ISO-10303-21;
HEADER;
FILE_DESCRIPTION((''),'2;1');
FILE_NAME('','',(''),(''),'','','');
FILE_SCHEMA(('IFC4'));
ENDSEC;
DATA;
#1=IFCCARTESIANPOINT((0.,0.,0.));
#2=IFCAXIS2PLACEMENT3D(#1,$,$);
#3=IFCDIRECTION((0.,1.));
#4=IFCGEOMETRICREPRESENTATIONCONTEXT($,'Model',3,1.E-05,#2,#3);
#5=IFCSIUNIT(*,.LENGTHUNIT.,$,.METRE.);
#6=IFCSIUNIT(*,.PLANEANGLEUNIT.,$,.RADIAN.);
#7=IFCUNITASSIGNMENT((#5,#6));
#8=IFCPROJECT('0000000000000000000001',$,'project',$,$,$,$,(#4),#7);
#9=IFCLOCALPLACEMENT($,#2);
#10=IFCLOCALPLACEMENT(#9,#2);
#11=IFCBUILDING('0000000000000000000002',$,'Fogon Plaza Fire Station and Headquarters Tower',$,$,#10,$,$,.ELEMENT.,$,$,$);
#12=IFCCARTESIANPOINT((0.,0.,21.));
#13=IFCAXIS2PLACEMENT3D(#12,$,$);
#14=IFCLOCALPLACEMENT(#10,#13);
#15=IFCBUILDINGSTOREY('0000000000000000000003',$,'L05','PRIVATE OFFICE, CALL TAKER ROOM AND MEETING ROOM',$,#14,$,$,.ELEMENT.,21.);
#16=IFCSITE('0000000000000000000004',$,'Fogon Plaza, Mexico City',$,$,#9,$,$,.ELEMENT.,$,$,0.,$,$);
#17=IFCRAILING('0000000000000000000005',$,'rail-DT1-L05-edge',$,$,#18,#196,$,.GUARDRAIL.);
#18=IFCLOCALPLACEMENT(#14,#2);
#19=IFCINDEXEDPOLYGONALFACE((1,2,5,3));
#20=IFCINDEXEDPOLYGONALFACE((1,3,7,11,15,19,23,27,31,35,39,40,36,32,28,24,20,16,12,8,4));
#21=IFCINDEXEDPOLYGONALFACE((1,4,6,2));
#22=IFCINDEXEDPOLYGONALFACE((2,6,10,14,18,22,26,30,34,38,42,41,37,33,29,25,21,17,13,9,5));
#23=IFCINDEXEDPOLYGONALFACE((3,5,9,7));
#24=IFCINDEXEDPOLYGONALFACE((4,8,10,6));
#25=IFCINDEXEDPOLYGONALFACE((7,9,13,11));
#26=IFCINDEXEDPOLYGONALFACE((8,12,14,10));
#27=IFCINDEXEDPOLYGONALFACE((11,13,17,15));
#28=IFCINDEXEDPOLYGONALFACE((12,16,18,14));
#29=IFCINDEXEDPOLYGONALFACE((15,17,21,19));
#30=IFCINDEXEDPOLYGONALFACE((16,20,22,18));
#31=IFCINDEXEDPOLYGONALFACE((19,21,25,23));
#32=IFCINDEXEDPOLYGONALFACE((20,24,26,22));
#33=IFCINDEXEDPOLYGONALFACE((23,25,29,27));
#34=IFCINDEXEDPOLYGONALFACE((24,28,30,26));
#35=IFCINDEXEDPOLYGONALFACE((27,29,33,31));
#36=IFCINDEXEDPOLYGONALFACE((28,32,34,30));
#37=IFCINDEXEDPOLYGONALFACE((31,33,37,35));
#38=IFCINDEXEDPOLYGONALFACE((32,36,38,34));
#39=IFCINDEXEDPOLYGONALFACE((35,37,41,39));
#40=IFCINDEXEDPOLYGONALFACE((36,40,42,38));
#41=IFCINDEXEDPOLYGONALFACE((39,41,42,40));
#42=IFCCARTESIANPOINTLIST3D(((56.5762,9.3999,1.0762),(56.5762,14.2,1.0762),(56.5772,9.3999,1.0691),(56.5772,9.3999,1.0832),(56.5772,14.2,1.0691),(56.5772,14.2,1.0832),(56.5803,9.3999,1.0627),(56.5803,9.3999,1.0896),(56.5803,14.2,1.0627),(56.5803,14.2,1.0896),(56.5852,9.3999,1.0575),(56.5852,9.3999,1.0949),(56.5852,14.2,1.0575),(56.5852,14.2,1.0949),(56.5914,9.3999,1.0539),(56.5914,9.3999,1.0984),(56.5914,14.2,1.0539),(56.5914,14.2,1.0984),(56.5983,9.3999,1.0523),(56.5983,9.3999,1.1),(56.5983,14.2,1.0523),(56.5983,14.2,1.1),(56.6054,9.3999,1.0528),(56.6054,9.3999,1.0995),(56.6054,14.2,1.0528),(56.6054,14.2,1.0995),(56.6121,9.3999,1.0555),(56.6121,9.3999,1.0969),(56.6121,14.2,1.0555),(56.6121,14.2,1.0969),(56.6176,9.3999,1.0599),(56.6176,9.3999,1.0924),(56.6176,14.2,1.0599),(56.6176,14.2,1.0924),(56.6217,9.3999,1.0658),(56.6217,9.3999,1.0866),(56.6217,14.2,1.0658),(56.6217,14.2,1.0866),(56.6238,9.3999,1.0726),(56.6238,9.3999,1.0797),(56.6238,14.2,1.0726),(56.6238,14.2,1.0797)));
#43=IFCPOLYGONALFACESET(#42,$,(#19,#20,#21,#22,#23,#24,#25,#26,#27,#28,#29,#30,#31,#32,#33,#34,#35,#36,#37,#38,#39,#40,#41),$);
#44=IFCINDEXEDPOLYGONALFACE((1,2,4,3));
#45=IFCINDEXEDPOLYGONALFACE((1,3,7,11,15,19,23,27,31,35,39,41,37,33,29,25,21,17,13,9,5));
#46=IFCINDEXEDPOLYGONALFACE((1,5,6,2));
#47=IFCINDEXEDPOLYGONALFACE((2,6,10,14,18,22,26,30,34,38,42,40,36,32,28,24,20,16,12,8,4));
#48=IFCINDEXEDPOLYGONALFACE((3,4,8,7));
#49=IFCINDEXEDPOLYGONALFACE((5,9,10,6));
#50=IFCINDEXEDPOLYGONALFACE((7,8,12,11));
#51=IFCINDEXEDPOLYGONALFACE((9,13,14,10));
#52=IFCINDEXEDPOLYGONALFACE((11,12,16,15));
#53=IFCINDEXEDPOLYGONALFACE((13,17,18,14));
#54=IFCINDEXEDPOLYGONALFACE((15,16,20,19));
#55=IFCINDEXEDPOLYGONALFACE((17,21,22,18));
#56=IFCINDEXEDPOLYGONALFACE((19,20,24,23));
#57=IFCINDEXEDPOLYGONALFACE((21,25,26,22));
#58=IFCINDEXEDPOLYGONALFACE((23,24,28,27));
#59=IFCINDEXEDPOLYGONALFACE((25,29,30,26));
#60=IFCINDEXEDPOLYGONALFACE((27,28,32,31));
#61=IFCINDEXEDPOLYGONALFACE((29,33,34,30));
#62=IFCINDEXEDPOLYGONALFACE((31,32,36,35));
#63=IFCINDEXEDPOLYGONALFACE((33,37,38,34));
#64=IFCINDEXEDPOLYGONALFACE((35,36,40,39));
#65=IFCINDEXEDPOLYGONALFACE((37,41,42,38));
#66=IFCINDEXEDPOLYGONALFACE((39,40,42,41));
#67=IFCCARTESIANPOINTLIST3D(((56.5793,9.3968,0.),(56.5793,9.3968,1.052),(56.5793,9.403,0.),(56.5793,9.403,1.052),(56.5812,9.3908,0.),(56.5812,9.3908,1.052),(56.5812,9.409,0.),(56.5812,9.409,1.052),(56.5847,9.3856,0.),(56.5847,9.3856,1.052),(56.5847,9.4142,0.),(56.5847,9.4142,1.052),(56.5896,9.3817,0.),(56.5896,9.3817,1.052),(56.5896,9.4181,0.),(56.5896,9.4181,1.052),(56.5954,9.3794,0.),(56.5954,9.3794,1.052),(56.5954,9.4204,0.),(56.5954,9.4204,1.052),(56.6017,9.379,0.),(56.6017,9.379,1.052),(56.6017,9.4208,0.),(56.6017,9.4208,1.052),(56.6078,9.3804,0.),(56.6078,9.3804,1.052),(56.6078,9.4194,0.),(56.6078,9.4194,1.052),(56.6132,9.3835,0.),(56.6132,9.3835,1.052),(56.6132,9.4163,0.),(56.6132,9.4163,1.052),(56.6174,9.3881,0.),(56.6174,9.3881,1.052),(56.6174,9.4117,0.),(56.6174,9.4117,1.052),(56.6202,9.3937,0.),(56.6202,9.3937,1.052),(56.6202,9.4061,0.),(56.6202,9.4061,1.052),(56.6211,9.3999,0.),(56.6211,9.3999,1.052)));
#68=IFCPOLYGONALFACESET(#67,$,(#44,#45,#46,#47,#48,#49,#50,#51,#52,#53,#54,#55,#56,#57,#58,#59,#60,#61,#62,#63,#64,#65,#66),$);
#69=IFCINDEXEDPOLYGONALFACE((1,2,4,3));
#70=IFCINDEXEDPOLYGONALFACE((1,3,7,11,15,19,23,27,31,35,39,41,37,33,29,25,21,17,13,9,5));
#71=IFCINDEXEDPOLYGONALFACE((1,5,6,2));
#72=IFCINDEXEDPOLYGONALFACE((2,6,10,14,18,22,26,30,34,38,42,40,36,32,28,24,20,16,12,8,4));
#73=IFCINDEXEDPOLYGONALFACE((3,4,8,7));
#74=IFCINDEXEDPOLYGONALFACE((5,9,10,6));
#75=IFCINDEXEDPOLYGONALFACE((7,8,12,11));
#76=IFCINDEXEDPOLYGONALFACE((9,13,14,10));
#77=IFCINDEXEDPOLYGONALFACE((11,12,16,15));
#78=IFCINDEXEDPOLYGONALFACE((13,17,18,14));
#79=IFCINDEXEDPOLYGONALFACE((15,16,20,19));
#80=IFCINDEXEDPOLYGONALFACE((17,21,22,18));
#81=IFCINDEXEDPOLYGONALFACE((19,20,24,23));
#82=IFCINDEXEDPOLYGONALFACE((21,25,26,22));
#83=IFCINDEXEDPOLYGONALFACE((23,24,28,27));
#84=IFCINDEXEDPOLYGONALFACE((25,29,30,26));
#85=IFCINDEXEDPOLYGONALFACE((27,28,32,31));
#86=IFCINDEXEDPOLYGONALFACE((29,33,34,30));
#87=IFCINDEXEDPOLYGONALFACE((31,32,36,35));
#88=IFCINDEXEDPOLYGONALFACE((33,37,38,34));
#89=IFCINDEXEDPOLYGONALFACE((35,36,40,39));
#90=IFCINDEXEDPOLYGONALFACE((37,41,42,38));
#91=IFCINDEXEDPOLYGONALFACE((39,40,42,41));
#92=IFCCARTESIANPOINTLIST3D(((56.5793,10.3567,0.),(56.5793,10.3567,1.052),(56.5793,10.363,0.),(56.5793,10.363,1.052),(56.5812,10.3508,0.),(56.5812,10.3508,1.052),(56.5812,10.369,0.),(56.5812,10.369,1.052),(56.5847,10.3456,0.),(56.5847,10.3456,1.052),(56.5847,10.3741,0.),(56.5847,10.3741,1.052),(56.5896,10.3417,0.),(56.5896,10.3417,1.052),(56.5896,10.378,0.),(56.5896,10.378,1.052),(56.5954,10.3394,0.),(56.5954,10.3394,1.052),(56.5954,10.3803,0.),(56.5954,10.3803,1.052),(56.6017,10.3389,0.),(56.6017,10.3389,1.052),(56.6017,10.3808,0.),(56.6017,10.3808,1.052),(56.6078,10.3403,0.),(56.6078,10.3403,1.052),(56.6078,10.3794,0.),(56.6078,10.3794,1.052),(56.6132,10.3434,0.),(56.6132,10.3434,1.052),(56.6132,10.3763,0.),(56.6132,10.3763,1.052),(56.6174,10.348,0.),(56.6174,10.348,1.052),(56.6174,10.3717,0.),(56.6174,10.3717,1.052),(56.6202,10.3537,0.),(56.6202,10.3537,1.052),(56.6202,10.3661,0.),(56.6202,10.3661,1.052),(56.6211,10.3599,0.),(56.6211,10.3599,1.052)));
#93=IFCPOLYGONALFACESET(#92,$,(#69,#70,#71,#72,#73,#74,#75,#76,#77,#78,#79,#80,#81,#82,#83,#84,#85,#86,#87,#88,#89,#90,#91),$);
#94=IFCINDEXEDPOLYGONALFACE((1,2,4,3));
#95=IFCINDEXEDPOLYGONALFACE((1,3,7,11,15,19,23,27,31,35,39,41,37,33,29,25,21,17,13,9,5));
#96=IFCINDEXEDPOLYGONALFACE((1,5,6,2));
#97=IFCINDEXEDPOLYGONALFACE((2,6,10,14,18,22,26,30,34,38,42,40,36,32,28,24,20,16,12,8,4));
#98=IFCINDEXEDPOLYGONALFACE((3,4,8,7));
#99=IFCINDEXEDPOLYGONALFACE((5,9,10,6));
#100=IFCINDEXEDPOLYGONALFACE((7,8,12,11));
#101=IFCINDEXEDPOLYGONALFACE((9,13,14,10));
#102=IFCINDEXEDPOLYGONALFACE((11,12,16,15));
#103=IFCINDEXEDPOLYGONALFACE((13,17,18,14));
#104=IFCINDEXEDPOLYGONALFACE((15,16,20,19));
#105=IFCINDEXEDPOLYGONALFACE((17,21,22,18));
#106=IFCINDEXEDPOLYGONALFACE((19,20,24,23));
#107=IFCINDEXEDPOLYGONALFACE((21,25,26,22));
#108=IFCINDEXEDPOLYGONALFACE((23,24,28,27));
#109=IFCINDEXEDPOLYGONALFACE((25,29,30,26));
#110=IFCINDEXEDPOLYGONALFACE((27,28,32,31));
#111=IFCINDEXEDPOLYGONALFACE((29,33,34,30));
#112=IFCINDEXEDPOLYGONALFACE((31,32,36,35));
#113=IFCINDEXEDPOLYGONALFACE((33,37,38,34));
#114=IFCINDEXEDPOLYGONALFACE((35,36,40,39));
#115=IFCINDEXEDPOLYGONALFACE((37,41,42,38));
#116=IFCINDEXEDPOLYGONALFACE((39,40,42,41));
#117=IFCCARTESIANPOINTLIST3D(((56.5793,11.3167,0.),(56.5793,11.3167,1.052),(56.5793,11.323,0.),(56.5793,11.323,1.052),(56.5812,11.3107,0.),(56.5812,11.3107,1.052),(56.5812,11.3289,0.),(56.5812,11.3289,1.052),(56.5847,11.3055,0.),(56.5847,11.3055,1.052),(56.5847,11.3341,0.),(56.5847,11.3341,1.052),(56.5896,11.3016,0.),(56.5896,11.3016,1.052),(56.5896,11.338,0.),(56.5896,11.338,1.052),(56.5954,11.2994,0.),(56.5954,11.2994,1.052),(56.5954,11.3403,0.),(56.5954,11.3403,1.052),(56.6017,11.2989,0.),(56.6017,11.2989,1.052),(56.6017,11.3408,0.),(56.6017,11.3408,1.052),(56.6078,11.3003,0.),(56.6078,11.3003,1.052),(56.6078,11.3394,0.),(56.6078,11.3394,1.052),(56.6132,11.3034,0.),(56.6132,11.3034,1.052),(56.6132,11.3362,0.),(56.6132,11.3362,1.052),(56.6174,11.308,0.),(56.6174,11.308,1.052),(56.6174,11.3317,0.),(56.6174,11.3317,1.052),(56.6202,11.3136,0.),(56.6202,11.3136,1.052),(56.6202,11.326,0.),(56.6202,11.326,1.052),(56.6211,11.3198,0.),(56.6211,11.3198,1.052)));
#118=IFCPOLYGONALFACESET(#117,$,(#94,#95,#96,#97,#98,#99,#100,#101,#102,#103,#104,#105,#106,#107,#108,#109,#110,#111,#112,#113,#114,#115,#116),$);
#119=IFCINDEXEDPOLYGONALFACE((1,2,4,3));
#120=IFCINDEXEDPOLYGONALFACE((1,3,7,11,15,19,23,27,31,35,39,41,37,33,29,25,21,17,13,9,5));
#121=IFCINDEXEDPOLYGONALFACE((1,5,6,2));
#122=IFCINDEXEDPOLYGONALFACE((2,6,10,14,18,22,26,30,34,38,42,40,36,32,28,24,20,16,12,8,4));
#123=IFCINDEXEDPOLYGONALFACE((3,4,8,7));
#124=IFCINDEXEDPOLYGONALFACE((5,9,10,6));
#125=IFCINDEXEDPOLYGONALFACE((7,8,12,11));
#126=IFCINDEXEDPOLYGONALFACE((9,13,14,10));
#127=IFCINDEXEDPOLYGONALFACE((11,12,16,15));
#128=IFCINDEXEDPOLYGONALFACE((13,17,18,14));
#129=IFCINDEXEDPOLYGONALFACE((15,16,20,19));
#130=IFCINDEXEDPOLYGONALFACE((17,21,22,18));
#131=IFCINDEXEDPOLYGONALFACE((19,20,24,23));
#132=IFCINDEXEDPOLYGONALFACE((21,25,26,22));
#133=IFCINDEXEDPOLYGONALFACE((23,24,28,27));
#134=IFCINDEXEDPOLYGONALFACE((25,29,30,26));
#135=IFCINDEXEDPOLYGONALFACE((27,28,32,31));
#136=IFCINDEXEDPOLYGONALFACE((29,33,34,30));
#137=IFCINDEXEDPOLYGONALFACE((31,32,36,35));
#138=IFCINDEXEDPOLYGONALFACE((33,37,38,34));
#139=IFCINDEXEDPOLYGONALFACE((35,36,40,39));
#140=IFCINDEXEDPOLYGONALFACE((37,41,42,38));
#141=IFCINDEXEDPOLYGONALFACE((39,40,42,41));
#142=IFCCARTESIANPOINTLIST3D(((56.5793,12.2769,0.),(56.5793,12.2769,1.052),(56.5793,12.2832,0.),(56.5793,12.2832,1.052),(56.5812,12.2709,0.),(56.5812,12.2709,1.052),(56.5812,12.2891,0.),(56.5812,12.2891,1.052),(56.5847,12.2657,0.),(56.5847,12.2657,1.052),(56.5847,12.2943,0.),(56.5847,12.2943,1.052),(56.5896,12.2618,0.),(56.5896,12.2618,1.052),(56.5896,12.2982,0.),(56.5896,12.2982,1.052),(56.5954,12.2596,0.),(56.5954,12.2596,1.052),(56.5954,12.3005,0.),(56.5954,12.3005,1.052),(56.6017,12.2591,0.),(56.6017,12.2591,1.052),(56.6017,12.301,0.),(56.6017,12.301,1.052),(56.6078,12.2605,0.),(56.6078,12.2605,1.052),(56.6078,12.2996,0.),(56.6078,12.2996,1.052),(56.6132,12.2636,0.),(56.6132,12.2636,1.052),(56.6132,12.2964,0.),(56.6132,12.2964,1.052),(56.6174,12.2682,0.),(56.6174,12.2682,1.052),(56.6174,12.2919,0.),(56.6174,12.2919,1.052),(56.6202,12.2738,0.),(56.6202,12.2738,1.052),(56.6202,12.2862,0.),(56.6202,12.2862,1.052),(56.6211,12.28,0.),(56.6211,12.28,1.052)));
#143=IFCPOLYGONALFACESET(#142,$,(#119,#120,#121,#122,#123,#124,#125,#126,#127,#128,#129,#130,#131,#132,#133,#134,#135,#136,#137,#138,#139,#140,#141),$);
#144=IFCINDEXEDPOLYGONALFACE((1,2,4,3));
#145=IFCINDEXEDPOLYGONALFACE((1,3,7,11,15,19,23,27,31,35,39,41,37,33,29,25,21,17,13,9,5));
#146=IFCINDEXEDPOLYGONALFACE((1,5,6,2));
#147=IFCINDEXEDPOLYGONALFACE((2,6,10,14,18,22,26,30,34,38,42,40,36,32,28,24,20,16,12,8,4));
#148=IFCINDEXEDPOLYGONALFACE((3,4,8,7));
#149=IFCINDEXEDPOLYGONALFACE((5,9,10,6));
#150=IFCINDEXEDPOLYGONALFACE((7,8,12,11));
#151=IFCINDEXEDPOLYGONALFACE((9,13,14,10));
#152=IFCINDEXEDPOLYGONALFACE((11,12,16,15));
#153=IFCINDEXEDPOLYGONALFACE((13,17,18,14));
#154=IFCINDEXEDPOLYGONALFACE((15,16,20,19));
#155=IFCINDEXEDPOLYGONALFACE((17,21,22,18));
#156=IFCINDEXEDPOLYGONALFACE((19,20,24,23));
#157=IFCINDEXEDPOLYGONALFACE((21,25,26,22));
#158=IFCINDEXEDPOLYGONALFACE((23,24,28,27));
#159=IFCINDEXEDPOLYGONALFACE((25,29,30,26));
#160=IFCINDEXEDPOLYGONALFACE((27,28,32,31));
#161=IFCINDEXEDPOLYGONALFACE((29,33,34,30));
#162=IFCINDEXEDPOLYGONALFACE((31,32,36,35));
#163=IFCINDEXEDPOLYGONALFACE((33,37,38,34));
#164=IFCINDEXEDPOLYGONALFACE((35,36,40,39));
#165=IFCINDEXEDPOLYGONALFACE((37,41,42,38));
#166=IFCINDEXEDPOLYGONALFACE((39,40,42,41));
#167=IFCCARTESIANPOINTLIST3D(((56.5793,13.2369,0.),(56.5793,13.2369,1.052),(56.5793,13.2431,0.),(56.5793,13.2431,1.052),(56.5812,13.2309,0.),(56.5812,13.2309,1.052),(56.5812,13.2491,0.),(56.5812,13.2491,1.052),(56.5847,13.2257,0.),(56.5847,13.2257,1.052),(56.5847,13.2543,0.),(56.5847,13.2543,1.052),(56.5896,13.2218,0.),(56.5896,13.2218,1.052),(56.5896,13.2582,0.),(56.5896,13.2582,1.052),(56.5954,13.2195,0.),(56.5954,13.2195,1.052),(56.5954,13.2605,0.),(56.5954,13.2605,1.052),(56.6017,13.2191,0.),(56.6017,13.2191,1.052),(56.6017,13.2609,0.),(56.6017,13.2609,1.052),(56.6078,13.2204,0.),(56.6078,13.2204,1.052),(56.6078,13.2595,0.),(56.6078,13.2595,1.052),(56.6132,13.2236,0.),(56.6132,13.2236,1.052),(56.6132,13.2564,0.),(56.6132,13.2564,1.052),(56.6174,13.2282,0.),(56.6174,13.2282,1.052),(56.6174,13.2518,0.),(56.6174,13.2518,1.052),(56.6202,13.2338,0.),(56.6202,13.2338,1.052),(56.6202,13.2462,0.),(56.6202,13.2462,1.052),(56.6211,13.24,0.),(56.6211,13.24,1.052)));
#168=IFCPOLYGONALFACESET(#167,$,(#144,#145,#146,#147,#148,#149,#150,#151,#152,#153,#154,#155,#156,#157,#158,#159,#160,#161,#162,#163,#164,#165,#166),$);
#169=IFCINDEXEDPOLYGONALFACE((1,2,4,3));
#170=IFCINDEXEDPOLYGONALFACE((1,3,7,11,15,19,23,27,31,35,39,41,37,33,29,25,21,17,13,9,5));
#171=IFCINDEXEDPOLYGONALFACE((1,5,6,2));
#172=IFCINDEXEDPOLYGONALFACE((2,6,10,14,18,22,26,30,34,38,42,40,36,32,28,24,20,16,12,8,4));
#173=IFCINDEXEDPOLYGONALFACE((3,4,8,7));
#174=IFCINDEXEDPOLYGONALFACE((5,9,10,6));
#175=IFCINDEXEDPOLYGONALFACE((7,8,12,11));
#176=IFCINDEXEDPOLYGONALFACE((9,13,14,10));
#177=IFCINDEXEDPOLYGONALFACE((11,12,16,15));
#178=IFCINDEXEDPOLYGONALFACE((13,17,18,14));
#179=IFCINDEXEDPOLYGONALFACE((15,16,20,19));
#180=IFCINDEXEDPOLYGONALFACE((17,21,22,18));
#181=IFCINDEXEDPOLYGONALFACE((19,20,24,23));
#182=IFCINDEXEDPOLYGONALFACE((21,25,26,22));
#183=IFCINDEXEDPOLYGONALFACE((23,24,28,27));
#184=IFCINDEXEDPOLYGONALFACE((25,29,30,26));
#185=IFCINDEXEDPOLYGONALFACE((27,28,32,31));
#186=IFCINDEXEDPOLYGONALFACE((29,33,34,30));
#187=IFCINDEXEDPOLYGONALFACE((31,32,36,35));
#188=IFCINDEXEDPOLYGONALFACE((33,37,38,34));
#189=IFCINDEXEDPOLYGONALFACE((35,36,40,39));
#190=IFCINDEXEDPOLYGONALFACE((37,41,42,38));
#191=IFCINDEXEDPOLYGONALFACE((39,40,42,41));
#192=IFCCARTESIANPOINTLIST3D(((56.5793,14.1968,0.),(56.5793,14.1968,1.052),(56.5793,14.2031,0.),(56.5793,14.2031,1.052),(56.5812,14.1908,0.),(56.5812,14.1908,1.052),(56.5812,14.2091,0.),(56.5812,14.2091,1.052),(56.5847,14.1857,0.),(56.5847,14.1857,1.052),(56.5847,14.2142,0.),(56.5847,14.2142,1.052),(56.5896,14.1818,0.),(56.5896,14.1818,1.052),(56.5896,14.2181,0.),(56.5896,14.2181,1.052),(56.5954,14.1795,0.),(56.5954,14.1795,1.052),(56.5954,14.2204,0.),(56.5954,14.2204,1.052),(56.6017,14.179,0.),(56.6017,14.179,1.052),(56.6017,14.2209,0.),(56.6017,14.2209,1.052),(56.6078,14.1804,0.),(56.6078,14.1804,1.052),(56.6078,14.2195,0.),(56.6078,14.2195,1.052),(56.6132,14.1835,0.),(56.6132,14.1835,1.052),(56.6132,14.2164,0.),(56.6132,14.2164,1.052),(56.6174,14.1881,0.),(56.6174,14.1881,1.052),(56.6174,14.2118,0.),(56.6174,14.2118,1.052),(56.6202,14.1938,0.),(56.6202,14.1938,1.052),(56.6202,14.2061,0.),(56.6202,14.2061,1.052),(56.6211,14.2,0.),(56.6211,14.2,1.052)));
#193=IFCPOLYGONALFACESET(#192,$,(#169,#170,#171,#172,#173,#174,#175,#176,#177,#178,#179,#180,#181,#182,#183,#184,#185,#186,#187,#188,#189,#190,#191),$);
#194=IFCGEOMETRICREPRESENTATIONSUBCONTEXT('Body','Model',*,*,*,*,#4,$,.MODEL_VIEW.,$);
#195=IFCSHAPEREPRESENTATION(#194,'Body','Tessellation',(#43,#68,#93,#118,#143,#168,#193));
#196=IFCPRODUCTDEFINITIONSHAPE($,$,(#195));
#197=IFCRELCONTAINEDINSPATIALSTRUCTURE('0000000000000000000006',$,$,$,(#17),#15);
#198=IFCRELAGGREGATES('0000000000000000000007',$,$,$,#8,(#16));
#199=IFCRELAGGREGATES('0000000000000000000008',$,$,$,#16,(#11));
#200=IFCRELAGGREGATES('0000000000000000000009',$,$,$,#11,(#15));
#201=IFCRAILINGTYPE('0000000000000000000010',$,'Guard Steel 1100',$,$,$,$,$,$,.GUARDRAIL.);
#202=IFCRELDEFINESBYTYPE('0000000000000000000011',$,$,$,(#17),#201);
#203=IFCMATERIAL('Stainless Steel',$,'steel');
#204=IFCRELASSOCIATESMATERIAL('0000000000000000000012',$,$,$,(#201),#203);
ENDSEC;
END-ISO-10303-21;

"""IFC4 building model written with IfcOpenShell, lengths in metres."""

from ifc_helpers import new_model, si_unit, direction, frame, origin, origin_2d, place, context, subcontext, project, spatial, circle, extrude, material, type_object, element, save


model = new_model("IFC4")

# Units and contexts
model_context = context("Model", 3, precision=1e-05, world=origin(), true_north=direction((0.0, 1.0)))
body_context = subcontext(model_context, "Body", "Model", "MODEL_VIEW")
ifc_project = project(units=[si_unit("LENGTHUNIT", "METRE"), si_unit("PLANEANGLEUNIT", "RADIAN")], contexts=[model_context])

# Site, building, storey
site_placement = place(None, origin())
site = spatial("IfcSite", under=ifc_project, at=site_placement, Name="Fogon Plaza, Mexico City", CompositionType="ELEMENT", RefElevation=0.0)
building_placement = place(site_placement, origin())
building = spatial("IfcBuilding", under=site, at=building_placement, Name="Fogon Plaza Fire Station and Headquarters Tower", CompositionType="ELEMENT")
storey_placement = place(building_placement, frame((0.0, 0.0, 21.0)))
storey = spatial("IfcBuildingStorey", under=building, at=storey_placement, Name="L05", Description="PRIVATE OFFICE, CALL TAKER ROOM AND MEETING ROOM", CompositionType="ELEMENT", Elevation=21.0)

# Railing
ifc_material_1 = material(Name="Stainless Steel", Category="steel")
railing_type_1 = type_object("IfcRailingType", Name="Guard Steel 1100", PredefinedType="GUARDRAIL", material=ifc_material_1)
railing_1_placement = place(storey_placement, frame((56.6001, 9.3999, 0.0)))
element("IfcRailing", 1, at=railing_1_placement, inside=storey, type_object=railing_type_1, Name="rail-DT1-L05-edge", PredefinedType="GUARDRAIL", context=body_context, shape_type="SweptSolid", body=[
    extrude(circle(Radius=0.0239, at=origin_2d()), frame((0.0, 0.0, 1.0762), z_axis=(0.0, 1.0, 0.0), x_axis=(-1.0, 0.0, 0.0)), (0.0, 0.0, 1.0), 4.8),
    extrude(circle(Radius=0.021, at=origin_2d()), origin(), (0.0, 0.0, 1.0), 1.052),
    extrude(circle(Radius=0.021, at=origin_2d()), frame((0.0, 0.96, 0.0)), (0.0, 0.0, 1.0), 1.052),
    extrude(circle(Radius=0.021, at=origin_2d()), frame((0.0, 1.9199, 0.0)), (0.0, 0.0, 1.0), 1.052),
    extrude(circle(Radius=0.021, at=origin_2d()), frame((0.0, 2.8801, 0.0)), (0.0, 0.0, 1.0), 1.052),
    extrude(circle(Radius=0.021, at=origin_2d()), frame((0.0, 3.8401, 0.0)), (0.0, 0.0, 1.0), 1.052),
    extrude(circle(Radius=0.021, at=origin_2d()), frame((0.0, 4.8, 0.0)), (0.0, 0.0, 1.0), 1.052),
])

save(model, "model.ifc")
